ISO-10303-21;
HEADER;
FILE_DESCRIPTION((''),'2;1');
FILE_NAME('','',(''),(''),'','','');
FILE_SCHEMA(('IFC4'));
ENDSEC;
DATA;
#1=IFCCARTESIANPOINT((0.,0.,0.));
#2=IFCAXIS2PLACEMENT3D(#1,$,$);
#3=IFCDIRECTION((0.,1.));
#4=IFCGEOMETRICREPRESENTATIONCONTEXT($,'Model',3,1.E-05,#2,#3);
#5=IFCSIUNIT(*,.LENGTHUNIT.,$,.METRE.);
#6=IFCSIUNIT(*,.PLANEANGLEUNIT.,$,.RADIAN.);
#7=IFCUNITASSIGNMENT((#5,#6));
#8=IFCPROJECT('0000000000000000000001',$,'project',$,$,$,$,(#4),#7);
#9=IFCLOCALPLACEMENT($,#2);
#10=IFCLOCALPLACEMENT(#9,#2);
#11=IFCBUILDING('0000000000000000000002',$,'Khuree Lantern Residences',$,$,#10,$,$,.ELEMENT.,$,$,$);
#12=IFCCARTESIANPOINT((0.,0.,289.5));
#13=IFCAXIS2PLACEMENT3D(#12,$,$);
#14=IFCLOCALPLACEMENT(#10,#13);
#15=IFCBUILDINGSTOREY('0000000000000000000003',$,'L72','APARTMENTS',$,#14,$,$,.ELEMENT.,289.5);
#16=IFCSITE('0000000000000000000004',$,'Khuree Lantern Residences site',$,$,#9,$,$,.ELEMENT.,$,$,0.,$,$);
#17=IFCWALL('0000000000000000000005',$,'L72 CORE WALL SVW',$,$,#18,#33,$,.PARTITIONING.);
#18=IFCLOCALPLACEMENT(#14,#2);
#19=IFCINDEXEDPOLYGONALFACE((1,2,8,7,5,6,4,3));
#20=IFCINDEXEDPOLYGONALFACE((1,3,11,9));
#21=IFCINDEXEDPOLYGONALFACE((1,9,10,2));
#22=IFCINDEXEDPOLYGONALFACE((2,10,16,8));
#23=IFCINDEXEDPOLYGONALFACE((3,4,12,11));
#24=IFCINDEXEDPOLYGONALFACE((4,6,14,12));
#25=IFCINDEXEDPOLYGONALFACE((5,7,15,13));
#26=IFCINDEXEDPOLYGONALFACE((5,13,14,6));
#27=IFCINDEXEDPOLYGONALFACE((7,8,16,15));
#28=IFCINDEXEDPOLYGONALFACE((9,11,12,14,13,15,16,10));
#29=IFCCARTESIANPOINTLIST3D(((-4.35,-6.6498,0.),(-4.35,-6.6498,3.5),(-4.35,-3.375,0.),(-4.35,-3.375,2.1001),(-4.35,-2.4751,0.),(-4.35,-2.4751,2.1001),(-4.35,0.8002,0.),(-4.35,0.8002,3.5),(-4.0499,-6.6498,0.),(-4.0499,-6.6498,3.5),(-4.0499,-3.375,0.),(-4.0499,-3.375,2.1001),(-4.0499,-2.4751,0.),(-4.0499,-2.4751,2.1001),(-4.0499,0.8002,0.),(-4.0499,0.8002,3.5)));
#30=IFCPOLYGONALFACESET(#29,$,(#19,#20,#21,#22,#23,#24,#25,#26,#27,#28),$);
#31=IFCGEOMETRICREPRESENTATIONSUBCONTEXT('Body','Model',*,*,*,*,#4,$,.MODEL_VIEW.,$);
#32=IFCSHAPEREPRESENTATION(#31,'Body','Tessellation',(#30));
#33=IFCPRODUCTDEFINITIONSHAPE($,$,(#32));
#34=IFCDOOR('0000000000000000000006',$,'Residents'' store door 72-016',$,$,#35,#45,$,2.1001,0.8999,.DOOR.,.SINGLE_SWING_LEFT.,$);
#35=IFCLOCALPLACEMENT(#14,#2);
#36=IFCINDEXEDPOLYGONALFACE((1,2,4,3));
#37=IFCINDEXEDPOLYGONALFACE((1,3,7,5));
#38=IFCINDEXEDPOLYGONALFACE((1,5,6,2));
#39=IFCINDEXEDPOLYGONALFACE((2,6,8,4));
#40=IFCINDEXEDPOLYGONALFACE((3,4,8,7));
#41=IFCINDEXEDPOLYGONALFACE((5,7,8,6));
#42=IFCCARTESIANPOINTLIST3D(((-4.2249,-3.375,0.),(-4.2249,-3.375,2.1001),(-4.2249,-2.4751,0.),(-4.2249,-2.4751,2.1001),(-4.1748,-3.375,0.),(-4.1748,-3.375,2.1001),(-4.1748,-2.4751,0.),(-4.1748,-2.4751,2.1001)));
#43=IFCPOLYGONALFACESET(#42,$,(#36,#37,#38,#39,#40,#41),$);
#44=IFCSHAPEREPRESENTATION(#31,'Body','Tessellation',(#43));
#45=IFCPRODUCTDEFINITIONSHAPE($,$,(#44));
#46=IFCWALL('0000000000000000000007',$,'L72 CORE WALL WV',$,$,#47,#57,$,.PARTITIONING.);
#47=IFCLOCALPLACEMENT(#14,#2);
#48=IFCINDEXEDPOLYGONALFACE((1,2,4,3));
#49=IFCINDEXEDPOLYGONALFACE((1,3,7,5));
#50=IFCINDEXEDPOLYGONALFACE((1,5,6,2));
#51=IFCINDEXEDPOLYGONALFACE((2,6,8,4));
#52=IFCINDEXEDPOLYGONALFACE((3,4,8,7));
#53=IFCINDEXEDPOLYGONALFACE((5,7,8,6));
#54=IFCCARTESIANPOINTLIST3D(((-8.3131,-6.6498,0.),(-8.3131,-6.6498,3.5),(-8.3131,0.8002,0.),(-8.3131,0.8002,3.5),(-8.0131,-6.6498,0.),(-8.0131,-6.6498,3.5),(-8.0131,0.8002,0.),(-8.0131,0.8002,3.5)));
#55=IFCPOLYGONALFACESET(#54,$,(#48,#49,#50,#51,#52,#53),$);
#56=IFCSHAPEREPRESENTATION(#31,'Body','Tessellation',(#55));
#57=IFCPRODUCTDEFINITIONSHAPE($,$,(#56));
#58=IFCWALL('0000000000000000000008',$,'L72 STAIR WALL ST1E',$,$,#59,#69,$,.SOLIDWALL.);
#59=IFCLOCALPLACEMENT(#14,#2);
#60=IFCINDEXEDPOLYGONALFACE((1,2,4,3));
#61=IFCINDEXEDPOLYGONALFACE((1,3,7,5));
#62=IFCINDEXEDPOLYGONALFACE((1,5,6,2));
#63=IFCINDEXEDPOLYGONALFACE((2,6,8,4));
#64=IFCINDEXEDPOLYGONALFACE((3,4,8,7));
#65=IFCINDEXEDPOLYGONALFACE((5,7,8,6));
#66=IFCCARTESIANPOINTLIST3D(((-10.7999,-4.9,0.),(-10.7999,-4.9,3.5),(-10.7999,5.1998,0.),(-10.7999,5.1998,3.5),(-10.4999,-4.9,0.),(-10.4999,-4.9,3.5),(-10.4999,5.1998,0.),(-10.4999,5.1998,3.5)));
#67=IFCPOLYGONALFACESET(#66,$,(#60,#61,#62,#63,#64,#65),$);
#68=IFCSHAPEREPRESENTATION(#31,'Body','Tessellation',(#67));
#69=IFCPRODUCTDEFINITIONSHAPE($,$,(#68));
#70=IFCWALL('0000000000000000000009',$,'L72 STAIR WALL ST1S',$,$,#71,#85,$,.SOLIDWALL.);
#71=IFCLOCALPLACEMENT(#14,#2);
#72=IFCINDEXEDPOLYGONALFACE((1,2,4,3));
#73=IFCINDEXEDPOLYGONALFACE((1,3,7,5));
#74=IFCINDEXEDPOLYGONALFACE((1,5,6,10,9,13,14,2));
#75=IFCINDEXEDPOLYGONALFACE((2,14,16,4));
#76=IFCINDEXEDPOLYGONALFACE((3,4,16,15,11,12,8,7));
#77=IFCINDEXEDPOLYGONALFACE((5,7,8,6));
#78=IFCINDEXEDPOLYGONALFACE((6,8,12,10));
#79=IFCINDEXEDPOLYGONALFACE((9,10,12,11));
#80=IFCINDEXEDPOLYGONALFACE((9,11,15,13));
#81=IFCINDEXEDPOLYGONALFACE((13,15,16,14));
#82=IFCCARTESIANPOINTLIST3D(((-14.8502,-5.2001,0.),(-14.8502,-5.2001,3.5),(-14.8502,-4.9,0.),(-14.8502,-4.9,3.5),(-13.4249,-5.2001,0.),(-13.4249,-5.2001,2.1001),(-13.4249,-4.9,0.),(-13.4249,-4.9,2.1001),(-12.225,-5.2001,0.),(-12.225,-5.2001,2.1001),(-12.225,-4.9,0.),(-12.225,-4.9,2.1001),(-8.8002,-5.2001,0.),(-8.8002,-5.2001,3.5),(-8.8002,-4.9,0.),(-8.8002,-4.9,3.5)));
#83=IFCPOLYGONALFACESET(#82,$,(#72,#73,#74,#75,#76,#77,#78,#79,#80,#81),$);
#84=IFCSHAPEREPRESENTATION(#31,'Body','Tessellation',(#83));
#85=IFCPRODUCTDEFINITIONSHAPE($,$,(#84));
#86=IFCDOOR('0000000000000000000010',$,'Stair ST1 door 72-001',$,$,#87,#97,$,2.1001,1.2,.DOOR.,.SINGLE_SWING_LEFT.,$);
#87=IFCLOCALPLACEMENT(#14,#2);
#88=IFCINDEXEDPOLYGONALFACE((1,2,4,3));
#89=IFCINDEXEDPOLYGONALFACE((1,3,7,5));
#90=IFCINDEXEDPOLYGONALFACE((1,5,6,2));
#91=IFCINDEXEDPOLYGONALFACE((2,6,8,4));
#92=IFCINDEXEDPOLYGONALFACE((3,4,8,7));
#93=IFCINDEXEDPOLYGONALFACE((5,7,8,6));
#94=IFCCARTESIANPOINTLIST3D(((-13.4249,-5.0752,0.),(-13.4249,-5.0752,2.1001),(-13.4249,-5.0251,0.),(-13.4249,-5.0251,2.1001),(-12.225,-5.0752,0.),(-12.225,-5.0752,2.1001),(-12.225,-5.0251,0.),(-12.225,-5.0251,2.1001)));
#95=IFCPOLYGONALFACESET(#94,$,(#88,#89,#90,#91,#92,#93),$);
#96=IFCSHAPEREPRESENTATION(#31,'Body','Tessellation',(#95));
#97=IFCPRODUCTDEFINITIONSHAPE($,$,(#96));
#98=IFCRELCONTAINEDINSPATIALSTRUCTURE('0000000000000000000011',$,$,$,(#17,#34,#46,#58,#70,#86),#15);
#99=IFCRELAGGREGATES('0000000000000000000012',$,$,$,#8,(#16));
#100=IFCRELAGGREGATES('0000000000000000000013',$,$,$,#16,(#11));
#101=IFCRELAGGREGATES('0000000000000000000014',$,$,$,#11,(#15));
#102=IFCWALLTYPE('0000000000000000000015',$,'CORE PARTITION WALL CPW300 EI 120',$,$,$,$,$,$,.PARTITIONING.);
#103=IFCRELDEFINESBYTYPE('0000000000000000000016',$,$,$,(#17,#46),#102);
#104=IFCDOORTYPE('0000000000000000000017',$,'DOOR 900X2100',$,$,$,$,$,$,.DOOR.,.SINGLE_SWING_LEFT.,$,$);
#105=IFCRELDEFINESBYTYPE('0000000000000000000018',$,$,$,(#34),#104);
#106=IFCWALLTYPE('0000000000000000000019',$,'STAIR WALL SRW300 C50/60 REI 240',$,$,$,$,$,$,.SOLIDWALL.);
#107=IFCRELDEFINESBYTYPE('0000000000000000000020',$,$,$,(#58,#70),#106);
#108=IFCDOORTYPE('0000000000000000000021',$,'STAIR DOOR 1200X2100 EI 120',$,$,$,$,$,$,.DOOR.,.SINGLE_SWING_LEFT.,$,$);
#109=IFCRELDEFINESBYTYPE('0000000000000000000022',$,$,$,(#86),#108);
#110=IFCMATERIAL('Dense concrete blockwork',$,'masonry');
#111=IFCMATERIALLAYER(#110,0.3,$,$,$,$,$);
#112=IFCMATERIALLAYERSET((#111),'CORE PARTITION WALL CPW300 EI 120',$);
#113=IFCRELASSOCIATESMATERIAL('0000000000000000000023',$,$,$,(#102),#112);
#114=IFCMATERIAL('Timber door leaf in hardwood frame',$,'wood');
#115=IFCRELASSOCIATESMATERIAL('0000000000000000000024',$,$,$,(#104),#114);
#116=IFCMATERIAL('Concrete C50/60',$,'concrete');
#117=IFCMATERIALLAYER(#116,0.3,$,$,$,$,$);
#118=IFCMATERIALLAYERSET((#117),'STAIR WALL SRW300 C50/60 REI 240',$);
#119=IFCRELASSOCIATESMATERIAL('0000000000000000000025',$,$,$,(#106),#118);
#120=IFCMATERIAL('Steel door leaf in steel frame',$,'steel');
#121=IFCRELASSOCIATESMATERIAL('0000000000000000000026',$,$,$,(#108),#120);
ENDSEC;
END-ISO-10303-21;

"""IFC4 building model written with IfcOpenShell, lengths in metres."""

from ifc_helpers import new_model, si_unit, direction, frame, frame_2d, origin, place, context, subcontext, project, spatial, rectangle, extrude, material, layer, layer_set, type_object, element, fill, save


model = new_model("IFC4")

# Units and contexts
model_context = context("Model", 3, precision=1e-05, world=origin(), true_north=direction((0.0, 1.0)))
body_context = subcontext(model_context, "Body", "Model", "MODEL_VIEW")
ifc_project = project(units=[si_unit("LENGTHUNIT", "METRE"), si_unit("PLANEANGLEUNIT", "RADIAN")], contexts=[model_context])

# Site, building, storey
site_placement = place(None, origin())
site = spatial("IfcSite", under=ifc_project, at=site_placement, Name="Khuree Lantern Residences site", CompositionType="ELEMENT", RefElevation=0.0)
building_placement = place(site_placement, origin())
building = spatial("IfcBuilding", under=site, at=building_placement, Name="Khuree Lantern Residences", CompositionType="ELEMENT")
storey_placement = place(building_placement, frame((0.0, 0.0, 289.5)))
storey = spatial("IfcBuildingStorey", under=building, at=storey_placement, Name="L72", Description="APARTMENTS", CompositionType="ELEMENT", Elevation=289.5)

# Shared definitions
ifc_material_1 = material(Name="Dense concrete blockwork", Category="masonry")
ifc_layer_1 = layer(ifc_material_1, 0.3)
ifc_layer_set_1 = layer_set([ifc_layer_1], Name="CORE PARTITION WALL CPW300 EI 120")
wall_type_1 = type_object("IfcWallType", Name="CORE PARTITION WALL CPW300 EI 120", PredefinedType="PARTITIONING", material=ifc_layer_set_1)

# Shared definitions
ifc_material_2 = material(Name="Steel door leaf in steel frame", Category="steel")

# Wall, opening, door
wall_1_placement = place(storey_placement, frame((-4.2, -6.6499, 0.0), z_axis=(0.0, 0.0, 1.0), x_axis=(0.0, 1.0, 0.0)))
wall_1 = element("IfcWall", 1, at=wall_1_placement, inside=storey, type_object=wall_type_1, Name="L72 CORE WALL SVW", PredefinedType="PARTITIONING", context=body_context, shape_type="SweptSolid", body=[
    extrude(rectangle(XDim=7.45, YDim=0.3, at=frame_2d((3.7251, 0.0))), origin(), (0.0, 0.0, 1.0), 3.5),
])
opening_1_placement = place(wall_1_placement, frame((3.2749, 0.0, 0.0)))
opening_1 = element("IfcOpeningElement", 2, at=opening_1_placement, cuts=wall_1, PredefinedType="OPENING", context=body_context, shape_type="SweptSolid", body=[
    extrude(rectangle(XDim=0.8999, YDim=2.1001, at=frame_2d((0.45, 1.05))), frame((0.0, 0.1602, 0.0), z_axis=(0.0, -1.0, 0.0), x_axis=(1.0, 0.0, 0.0)), (0.0, 0.0, 1.0), 0.3201),
])
ifc_material_3 = material(Name="Timber door leaf in hardwood frame", Category="wood")
door_type_1 = type_object("IfcDoorType", Name="DOOR 900X2100", OperationType="SINGLE_SWING_LEFT", PredefinedType="DOOR", material=ifc_material_3)
door_1_placement = place(opening_1_placement, origin())
door_1 = element("IfcDoor", 3, at=door_1_placement, inside=storey, type_object=door_type_1, Name="Residents' store door 72-016", OperationType="SINGLE_SWING_LEFT", OverallHeight=2.1001, OverallWidth=0.8999, PredefinedType="DOOR", context=body_context, shape_type="SweptSolid", body=[
    extrude(rectangle(XDim=0.8999, YDim=2.1001, at=frame_2d((0.45, 1.05))), frame((0.0, 0.0249, 0.0), z_axis=(0.0, -1.0, 0.0), x_axis=(1.0, 0.0, 0.0)), (0.0, 0.0, 1.0), 0.05),
])
fill(opening_1, door_1)

# Walls
wall_2_placement = place(storey_placement, frame((-8.1631, -6.6499, 0.0), z_axis=(0.0, 0.0, 1.0), x_axis=(0.0, 1.0, 0.0)))
element("IfcWall", 4, at=wall_2_placement, inside=storey, type_object=wall_type_1, Name="L72 CORE WALL WV", PredefinedType="PARTITIONING", context=body_context, shape_type="SweptSolid", body=[
    extrude(rectangle(XDim=7.45, YDim=0.3, at=frame_2d((3.7251, 0.0))), origin(), (0.0, 0.0, 1.0), 3.5),
])
ifc_material_4 = material(Name="Concrete C50/60", Category="concrete")
ifc_layer_2 = layer(ifc_material_4, 0.3)
ifc_layer_set_2 = layer_set([ifc_layer_2], Name="STAIR WALL SRW300 C50/60 REI 240")
wall_type_2 = type_object("IfcWallType", Name="STAIR WALL SRW300 C50/60 REI 240", PredefinedType="SOLIDWALL", material=ifc_layer_set_2)
wall_3_placement = place(storey_placement, frame((-10.6499, -4.8999, 0.0), z_axis=(0.0, 0.0, 1.0), x_axis=(0.0, 1.0, 0.0)))
element("IfcWall", 5, at=wall_3_placement, inside=storey, type_object=wall_type_2, Name="L72 STAIR WALL ST1E", PredefinedType="SOLIDWALL", context=body_context, shape_type="SweptSolid", body=[
    extrude(rectangle(XDim=10.0999, YDim=0.3, at=frame_2d((5.0498, 0.0))), origin(), (0.0, 0.0, 1.0), 3.5),
])

# Wall, opening, door
wall_4_placement = place(storey_placement, frame((-14.8501, -5.05, 0.0), z_axis=(0.0, 0.0, 1.0), x_axis=(1.0, 0.0, 0.0)))
wall_4 = element("IfcWall", 6, at=wall_4_placement, inside=storey, type_object=wall_type_2, Name="L72 STAIR WALL ST1S", PredefinedType="SOLIDWALL", context=body_context, shape_type="SweptSolid", body=[
    extrude(rectangle(XDim=6.05, YDim=0.3, at=frame_2d((3.0249, 0.0))), origin(), (0.0, 0.0, 1.0), 3.5),
])
opening_2_placement = place(wall_4_placement, frame((1.425, 0.0, 0.0)))
opening_2 = element("IfcOpeningElement", 7, at=opening_2_placement, cuts=wall_4, PredefinedType="OPENING", context=body_context, shape_type="SweptSolid", body=[
    extrude(rectangle(XDim=1.2, YDim=2.1001, at=frame_2d((0.6001, 1.05))), frame((0.0, 0.1602, 0.0), z_axis=(0.0, -1.0, 0.0), x_axis=(1.0, 0.0, 0.0)), (0.0, 0.0, 1.0), 0.3201),
])
door_type_2 = type_object("IfcDoorType", Name="STAIR DOOR 1200X2100 EI 120", OperationType="SINGLE_SWING_LEFT", PredefinedType="DOOR", material=ifc_material_2)
door_2_placement = place(opening_2_placement, origin())
door_2 = element("IfcDoor", 8, at=door_2_placement, inside=storey, type_object=door_type_2, Name="Stair ST1 door 72-001", OperationType="SINGLE_SWING_LEFT", OverallHeight=2.1001, OverallWidth=1.2, PredefinedType="DOOR", context=body_context, shape_type="SweptSolid", body=[
    extrude(rectangle(XDim=1.2, YDim=2.1001, at=frame_2d((0.6001, 1.05))), frame((0.0, 0.0249, 0.0), z_axis=(0.0, -1.0, 0.0), x_axis=(1.0, 0.0, 0.0)), (0.0, 0.0, 1.0), 0.05),
])
fill(opening_2, door_2)

save(model, "model.ifc")
